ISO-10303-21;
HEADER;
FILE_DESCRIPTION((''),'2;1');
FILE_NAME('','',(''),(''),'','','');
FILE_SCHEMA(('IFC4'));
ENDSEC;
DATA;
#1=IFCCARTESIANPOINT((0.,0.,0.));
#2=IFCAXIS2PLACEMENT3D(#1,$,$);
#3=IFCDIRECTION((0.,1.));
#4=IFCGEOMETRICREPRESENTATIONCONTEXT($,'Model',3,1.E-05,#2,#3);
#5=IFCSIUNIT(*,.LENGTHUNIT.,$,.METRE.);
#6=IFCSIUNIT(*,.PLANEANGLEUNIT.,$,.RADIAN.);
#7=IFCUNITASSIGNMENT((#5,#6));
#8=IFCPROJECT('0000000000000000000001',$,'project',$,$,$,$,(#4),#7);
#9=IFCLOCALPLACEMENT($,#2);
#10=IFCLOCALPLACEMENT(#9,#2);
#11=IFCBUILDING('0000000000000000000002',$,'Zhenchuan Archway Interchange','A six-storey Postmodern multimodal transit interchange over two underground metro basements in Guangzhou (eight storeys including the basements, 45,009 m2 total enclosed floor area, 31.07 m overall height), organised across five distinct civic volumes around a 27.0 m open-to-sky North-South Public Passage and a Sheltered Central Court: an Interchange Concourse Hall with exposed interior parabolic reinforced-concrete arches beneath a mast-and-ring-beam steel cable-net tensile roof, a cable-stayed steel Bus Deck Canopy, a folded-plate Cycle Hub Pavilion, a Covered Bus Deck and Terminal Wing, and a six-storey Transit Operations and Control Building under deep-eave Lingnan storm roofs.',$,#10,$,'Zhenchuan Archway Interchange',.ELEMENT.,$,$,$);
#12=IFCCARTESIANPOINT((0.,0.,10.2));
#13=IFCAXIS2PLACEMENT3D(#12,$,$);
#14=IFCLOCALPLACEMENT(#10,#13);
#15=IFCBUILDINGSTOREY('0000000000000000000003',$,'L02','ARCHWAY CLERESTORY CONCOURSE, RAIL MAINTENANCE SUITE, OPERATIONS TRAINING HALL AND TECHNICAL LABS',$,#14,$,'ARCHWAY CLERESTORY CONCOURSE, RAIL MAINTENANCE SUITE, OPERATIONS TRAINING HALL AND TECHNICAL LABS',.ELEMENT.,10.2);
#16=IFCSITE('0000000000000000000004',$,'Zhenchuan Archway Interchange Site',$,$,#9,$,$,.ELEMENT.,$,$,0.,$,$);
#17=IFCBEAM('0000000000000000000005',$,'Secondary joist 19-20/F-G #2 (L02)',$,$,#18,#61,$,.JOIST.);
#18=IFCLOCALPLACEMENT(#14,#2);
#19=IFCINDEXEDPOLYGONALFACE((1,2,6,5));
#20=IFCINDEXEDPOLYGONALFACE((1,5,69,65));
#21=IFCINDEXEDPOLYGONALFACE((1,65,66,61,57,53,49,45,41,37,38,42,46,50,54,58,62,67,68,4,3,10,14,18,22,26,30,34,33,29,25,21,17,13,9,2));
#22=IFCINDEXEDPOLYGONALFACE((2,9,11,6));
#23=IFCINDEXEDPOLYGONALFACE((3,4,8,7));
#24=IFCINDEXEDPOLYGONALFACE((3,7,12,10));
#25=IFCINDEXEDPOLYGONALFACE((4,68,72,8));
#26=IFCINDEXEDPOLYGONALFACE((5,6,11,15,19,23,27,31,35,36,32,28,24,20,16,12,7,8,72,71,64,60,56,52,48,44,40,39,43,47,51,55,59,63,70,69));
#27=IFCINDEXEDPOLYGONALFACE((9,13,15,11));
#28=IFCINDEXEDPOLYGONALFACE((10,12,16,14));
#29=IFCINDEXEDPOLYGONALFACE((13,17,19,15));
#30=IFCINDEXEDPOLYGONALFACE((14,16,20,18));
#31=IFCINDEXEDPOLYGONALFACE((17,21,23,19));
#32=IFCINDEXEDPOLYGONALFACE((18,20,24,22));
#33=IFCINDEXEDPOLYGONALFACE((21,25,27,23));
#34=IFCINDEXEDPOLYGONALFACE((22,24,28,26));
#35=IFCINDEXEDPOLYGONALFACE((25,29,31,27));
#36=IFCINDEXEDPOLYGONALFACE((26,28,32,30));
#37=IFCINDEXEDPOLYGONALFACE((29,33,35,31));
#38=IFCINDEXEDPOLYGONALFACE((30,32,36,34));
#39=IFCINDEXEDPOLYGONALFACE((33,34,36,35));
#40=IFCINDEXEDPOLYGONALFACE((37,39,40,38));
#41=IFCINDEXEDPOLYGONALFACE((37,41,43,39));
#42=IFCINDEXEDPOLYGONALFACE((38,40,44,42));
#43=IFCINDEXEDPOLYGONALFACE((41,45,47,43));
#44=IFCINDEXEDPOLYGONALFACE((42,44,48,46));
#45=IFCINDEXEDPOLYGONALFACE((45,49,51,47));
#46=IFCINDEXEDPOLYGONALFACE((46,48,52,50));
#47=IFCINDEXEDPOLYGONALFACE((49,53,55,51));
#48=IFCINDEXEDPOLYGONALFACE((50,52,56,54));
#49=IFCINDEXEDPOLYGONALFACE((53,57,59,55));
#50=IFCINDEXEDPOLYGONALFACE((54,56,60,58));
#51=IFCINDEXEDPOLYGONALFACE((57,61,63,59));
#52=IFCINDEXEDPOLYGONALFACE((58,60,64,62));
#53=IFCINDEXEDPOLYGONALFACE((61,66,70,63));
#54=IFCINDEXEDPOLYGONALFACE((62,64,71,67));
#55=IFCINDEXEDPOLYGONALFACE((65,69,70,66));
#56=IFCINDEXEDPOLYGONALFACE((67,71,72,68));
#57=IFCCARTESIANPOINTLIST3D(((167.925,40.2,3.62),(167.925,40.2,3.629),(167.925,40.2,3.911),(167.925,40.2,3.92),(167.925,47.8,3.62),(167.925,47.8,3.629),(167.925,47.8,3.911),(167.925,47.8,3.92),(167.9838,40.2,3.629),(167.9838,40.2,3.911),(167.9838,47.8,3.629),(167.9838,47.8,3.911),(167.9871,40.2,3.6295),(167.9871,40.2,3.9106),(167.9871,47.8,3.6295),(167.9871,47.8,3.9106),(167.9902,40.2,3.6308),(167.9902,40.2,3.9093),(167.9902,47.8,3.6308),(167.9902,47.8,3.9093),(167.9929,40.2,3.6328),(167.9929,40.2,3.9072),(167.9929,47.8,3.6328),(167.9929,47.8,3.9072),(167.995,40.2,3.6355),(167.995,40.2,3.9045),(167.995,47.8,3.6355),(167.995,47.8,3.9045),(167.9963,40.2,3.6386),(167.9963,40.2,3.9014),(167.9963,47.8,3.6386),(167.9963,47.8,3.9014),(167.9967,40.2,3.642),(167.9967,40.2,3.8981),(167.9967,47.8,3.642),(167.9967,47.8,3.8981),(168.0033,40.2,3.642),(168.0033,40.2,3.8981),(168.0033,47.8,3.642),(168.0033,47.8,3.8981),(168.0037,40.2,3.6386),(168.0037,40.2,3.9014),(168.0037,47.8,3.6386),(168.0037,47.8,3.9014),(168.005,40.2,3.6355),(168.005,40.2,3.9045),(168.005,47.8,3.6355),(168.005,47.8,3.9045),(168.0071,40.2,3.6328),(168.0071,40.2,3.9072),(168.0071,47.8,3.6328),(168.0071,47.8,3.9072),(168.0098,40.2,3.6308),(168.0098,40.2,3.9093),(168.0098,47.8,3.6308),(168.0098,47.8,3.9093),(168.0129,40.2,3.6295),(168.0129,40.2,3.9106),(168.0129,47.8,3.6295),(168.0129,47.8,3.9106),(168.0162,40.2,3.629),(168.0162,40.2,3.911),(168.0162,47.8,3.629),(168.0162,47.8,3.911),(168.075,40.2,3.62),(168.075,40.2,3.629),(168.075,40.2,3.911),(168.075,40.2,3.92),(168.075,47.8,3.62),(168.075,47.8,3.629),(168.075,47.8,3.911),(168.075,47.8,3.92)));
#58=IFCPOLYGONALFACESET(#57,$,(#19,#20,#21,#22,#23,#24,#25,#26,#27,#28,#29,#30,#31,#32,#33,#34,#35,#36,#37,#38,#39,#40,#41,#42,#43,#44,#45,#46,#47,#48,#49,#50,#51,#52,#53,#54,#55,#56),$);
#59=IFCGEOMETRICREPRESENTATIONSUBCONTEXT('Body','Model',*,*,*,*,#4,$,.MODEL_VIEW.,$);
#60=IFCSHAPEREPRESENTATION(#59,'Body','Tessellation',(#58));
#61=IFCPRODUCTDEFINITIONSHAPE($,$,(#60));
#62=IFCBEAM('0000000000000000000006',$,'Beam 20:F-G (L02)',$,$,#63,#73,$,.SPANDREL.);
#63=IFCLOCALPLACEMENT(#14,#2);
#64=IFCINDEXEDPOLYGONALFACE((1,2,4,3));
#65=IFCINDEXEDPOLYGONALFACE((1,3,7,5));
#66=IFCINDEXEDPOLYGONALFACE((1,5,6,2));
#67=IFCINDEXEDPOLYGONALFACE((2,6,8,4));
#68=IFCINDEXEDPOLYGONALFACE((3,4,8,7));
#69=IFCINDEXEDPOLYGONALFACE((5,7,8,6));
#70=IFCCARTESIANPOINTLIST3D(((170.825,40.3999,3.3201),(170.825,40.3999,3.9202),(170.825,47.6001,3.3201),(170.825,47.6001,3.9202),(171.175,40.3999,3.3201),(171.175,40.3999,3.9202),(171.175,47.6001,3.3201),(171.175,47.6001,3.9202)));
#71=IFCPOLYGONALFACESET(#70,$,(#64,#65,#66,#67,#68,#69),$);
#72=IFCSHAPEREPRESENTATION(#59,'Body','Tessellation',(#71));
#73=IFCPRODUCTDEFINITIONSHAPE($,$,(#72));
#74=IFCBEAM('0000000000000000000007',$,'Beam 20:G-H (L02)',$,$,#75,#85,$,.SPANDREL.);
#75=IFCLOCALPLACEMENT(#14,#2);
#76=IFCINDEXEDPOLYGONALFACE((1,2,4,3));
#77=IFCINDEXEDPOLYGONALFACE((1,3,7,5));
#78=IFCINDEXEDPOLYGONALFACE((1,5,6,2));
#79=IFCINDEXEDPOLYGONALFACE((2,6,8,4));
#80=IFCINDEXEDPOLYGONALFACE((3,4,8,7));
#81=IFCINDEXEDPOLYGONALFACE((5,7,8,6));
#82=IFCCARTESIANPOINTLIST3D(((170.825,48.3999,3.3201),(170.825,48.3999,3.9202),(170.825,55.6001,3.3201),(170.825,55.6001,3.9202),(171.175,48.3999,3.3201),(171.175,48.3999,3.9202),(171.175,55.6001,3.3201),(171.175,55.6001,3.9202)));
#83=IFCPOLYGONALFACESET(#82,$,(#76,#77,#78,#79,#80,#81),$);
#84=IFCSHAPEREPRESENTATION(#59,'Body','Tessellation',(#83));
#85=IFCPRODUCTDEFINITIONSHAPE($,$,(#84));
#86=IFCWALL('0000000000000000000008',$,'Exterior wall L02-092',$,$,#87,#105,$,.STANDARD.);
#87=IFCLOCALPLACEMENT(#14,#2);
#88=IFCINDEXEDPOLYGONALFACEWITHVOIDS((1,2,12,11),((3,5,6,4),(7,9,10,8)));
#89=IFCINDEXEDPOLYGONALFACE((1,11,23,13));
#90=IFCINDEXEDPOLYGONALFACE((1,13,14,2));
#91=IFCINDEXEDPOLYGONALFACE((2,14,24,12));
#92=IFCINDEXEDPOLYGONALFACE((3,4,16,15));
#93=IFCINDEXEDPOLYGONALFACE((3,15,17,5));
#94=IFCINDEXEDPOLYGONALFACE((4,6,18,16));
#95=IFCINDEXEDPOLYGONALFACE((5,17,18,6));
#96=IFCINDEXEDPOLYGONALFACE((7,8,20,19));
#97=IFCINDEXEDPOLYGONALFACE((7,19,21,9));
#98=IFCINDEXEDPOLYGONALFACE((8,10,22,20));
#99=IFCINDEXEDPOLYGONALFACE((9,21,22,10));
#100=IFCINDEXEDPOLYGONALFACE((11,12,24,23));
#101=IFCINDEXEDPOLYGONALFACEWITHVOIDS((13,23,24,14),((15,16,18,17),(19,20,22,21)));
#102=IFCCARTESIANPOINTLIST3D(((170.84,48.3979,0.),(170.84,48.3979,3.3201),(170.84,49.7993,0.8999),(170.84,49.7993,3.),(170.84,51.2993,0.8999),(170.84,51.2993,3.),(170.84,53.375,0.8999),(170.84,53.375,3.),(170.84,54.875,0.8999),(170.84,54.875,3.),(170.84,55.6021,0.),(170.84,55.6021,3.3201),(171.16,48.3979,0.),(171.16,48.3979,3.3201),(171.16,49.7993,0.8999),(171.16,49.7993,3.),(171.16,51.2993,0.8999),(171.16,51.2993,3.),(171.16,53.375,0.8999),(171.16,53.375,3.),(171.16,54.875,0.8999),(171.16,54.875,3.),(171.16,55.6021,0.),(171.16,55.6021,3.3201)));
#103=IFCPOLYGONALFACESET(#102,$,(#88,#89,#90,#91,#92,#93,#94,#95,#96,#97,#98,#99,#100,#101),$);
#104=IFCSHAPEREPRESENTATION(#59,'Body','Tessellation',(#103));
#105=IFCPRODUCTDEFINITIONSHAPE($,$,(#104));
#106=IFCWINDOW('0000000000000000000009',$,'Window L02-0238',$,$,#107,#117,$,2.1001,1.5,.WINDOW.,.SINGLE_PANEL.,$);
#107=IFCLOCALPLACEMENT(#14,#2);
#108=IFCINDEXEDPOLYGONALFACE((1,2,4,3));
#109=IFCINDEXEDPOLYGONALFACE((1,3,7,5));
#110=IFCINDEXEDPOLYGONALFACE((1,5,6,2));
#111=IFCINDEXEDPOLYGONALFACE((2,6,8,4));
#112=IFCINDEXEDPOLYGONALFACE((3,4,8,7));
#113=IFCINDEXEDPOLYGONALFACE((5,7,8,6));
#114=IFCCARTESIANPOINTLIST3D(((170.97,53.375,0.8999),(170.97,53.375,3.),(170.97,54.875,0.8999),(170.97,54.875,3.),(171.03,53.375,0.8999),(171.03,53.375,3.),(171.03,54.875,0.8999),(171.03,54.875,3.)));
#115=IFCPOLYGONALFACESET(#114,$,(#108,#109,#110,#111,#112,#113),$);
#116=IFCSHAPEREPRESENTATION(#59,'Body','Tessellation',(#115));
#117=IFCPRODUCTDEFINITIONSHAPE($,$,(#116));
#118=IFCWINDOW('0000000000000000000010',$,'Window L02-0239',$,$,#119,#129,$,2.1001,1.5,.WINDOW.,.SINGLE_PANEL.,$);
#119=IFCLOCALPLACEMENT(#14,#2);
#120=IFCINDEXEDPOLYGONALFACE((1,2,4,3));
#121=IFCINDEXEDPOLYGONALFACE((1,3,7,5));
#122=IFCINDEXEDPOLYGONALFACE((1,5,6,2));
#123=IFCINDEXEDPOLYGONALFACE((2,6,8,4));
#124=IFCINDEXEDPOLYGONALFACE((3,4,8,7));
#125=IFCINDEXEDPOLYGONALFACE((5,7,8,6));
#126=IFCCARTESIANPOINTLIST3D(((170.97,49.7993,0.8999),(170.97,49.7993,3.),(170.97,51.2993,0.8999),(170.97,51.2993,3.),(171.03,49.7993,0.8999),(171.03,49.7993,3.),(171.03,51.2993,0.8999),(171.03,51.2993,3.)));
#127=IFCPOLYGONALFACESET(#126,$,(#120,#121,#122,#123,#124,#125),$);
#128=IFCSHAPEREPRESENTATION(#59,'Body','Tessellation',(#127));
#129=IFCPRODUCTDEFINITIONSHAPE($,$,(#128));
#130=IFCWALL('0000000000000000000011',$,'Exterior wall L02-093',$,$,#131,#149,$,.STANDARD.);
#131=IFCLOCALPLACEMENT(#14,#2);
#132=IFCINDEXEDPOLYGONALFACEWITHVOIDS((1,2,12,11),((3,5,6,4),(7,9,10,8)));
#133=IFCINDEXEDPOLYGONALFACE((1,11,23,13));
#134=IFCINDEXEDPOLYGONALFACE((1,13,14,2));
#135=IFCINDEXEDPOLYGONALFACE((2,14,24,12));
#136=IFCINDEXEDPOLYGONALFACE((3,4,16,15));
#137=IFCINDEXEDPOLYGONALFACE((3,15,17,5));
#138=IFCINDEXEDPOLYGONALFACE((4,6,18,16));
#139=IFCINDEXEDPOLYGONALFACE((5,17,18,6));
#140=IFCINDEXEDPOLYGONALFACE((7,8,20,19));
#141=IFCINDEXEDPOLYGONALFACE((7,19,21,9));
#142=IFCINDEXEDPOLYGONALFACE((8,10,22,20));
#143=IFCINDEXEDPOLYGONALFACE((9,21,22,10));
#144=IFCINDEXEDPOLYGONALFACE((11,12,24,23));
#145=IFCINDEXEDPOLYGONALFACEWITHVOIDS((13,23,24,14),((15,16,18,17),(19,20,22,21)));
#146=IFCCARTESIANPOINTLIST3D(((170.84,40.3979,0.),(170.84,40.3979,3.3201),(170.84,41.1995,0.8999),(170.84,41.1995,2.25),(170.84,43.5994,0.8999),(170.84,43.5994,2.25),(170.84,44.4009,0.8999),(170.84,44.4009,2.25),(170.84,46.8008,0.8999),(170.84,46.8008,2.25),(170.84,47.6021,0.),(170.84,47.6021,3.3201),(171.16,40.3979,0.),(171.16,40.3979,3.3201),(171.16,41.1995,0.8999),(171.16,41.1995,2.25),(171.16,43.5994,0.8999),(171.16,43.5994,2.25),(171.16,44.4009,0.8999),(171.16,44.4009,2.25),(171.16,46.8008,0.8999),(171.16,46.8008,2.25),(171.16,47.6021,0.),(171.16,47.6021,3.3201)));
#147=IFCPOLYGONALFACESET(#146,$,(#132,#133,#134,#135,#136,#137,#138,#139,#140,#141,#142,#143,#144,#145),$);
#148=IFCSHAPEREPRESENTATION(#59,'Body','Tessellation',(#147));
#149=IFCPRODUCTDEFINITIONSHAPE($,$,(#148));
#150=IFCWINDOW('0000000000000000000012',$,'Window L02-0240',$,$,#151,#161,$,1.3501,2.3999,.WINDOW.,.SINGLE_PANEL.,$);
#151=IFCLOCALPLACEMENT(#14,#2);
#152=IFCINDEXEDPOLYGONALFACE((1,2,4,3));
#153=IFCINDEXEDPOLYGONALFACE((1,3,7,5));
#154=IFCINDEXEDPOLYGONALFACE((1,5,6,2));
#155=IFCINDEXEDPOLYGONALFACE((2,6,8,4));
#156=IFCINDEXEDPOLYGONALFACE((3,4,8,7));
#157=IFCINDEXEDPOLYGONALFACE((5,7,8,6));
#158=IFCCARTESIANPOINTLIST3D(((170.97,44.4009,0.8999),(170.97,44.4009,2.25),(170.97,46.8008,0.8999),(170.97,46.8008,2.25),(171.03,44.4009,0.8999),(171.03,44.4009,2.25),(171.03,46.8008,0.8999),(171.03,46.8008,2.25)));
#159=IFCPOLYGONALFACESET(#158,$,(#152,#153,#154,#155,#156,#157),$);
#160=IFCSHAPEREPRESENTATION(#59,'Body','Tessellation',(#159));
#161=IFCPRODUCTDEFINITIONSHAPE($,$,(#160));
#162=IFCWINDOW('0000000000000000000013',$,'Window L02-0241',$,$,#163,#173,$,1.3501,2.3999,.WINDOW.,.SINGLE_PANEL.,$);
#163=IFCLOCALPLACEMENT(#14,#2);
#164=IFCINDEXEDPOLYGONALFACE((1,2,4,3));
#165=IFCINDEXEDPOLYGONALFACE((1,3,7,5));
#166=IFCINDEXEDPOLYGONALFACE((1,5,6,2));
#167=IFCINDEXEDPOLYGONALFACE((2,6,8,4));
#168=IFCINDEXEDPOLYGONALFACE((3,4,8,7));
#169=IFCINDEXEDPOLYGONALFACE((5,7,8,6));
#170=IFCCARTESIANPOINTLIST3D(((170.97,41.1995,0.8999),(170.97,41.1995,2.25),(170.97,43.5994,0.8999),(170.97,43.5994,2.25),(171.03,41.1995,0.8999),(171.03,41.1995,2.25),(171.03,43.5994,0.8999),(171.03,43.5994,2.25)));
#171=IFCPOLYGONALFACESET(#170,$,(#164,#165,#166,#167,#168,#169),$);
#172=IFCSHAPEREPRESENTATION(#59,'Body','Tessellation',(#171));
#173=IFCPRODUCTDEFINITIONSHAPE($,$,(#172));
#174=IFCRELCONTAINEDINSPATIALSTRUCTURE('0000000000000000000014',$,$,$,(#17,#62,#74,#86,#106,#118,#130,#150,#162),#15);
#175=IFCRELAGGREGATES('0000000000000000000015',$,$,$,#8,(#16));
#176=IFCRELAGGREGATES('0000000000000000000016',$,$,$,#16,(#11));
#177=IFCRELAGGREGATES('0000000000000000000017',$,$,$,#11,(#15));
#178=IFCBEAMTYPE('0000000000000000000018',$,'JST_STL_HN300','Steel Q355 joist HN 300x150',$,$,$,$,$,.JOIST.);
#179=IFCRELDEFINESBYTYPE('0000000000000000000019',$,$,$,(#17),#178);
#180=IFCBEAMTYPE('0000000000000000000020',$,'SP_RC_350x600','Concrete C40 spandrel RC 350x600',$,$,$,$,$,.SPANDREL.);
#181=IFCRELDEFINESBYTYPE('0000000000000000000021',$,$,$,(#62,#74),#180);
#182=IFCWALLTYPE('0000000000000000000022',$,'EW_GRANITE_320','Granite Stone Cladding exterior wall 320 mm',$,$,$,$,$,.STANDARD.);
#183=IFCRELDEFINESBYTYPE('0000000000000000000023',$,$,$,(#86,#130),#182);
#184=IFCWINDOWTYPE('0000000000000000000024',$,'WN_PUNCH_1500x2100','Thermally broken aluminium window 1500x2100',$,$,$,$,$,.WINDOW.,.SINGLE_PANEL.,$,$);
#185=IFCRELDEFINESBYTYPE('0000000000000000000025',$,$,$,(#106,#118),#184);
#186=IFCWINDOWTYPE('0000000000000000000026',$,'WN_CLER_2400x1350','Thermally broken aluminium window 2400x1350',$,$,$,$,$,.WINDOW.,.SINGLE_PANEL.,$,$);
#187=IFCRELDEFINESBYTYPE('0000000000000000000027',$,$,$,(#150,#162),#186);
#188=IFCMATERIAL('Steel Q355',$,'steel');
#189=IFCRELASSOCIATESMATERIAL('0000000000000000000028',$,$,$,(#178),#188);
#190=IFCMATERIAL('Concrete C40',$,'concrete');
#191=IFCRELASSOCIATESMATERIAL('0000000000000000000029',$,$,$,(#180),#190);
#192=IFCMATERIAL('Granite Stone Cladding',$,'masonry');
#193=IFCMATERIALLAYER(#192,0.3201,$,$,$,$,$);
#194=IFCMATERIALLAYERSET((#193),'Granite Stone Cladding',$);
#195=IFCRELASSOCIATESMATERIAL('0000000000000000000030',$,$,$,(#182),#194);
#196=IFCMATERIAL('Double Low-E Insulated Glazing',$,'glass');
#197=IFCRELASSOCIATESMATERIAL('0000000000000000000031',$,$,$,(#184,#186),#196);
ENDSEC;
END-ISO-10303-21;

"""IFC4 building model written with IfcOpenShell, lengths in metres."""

from ifc_helpers import new_model, si_unit, direction, frame, frame_2d, origin, origin_2d, place, context, subcontext, project, spatial, rectangle, i_section, extrude, material, layer, layer_set, material_profile, profile_set, type_object, element, fill, save


model = new_model("IFC4")

# Units and contexts
model_context = context("Model", 3, precision=1e-05, world=origin(), true_north=direction((0.0, 1.0)))
body_context = subcontext(model_context, "Body", "Model", "MODEL_VIEW")
ifc_project = project(units=[si_unit("LENGTHUNIT", "METRE"), si_unit("PLANEANGLEUNIT", "RADIAN")], contexts=[model_context])

# Site, building, storey
site_placement = place(None, origin())
site = spatial("IfcSite", under=ifc_project, at=site_placement, Name="Zhenchuan Archway Interchange Site", CompositionType="ELEMENT", RefElevation=0.0)
building_placement = place(site_placement, origin())
building = spatial("IfcBuilding", under=site, at=building_placement, Name="Zhenchuan Archway Interchange", Description="A six-storey Postmodern multimodal transit interchange over two underground metro basements in Guangzhou (eight storeys including the basements, 45,009 m2 total enclosed floor area, 31.07 m overall height), organised across five distinct civic volumes around a 27.0 m open-to-sky North-South Public Passage and a Sheltered Central Court: an Interchange Concourse Hall with exposed interior parabolic reinforced-concrete arches beneath a mast-and-ring-beam steel cable-net tensile roof, a cable-stayed steel Bus Deck Canopy, a folded-plate Cycle Hub Pavilion, a Covered Bus Deck and Terminal Wing, and a six-storey Transit Operations and Control Building under deep-eave Lingnan storm roofs.", LongName="Zhenchuan Archway Interchange", CompositionType="ELEMENT")
storey_placement = place(building_placement, frame((0.0, 0.0, 10.2)))
storey = spatial("IfcBuildingStorey", under=building, at=storey_placement, Name="L02", Description="ARCHWAY CLERESTORY CONCOURSE, RAIL MAINTENANCE SUITE, OPERATIONS TRAINING HALL AND TECHNICAL LABS", LongName="ARCHWAY CLERESTORY CONCOURSE, RAIL MAINTENANCE SUITE, OPERATIONS TRAINING HALL AND TECHNICAL LABS", CompositionType="ELEMENT", Elevation=10.2)

# Beams
ifc_material_1 = material(Name="Steel Q355", Category="steel")
ifc_material_profile_1 = material_profile(ifc_material_1, i_section(OverallWidth=0.1499, OverallDepth=0.3, WebThickness=0.0066, FlangeThickness=0.009, FilletRadius=0.0129, at=origin_2d()), Name="HN 300x150")
ifc_profile_set_1 = profile_set([ifc_material_profile_1], Name="Steel Q355")
beam_type_1 = type_object("IfcBeamType", Name="JST_STL_HN300", Description="Steel Q355 joist HN 300x150", PredefinedType="JOIST", material=ifc_profile_set_1)
for number, where, z_axis, x_axis, name in (
    (1, (168.0, 40.2, 3.77), (0.0, 1.0, 0.0), (-1.0, 0.0, 0.0), "Secondary joist 19-20/F-G #2 (L02)"),
):
    element("IfcBeam", number, at=place(storey_placement, frame(where, z_axis=z_axis, x_axis=x_axis)), inside=storey, type_object=beam_type_1, Name=name, PredefinedType="JOIST", context=body_context, shape_type="SweptSolid", body=[
        extrude(i_section(OverallWidth=0.1499, OverallDepth=0.3, WebThickness=0.0066, FlangeThickness=0.009, FilletRadius=0.0129, at=origin_2d()), origin(), (0.0, 0.0, 1.0), 7.6001),
    ])
ifc_material_2 = material(Name="Concrete C40", Category="concrete")
ifc_material_profile_2 = material_profile(ifc_material_2, rectangle(XDim=0.3501, YDim=0.6001, at=origin_2d()), Name="RC 350x600")
ifc_profile_set_2 = profile_set([ifc_material_profile_2], Name="Concrete C40")
beam_type_2 = type_object("IfcBeamType", Name="SP_RC_350x600", Description="Concrete C40 spandrel RC 350x600", PredefinedType="SPANDREL", material=ifc_profile_set_2)
for number, where, z_axis, x_axis, name in (
    (2, (171.0, 40.3999, 3.6201), (0.0, 1.0, 0.0), (-1.0, 0.0, 0.0), "Beam 20:F-G (L02)"),
    (3, (171.0, 48.3999, 3.6201), (0.0, 1.0, 0.0), (-1.0, 0.0, 0.0), "Beam 20:G-H (L02)"),
):
    element("IfcBeam", number, at=place(storey_placement, frame(where, z_axis=z_axis, x_axis=x_axis)), inside=storey, type_object=beam_type_2, Name=name, PredefinedType="SPANDREL", context=body_context, shape_type="SweptSolid", body=[
        extrude(rectangle(XDim=0.3501, YDim=0.6001, at=origin_2d()), origin(), (0.0, 0.0, 1.0), 7.2002),
    ])

# Walls, openings, windows
ifc_material_3 = material(Name="Granite Stone Cladding", Category="masonry")
ifc_layer_1 = layer(ifc_material_3, 0.3201)
ifc_layer_set_1 = layer_set([ifc_layer_1], Name="Granite Stone Cladding")
wall_type_1 = type_object("IfcWallType", Name="EW_GRANITE_320", Description="Granite Stone Cladding exterior wall 320 mm", PredefinedType="STANDARD", material=ifc_layer_set_1)
wall_1_placement = place(storey_placement, frame((171.0, 55.6021, 0.0), z_axis=(0.0, 0.0, 1.0), x_axis=(0.0, -1.0, 0.0)))
wall_1 = element("IfcWall", 4, at=wall_1_placement, inside=storey, type_object=wall_type_1, Name="Exterior wall L02-092", PredefinedType="STANDARD", context=body_context, shape_type="SweptSolid", body=[
    extrude(rectangle(XDim=7.2041, YDim=0.3201, at=frame_2d((3.6021, 0.0))), origin(), (0.0, 0.0, 1.0), 3.3201),
])
opening_1_placement = place(wall_1_placement, frame((0.7271, 0.0, 0.8999)))
opening_1 = element("IfcOpeningElement", 5, at=opening_1_placement, cuts=wall_1, PredefinedType="OPENING", context=body_context, shape_type="SweptSolid", body=[
    extrude(rectangle(XDim=1.5, YDim=2.1001, at=frame_2d((0.75, 1.05))), frame((0.0, 0.1719, 0.0), z_axis=(0.0, -1.0, 0.0), x_axis=(1.0, 0.0, 0.0)), (0.0, 0.0, 1.0), 0.344),
])
opening_2_placement = place(wall_1_placement, frame((4.3027, 0.0, 0.8999)))
opening_2 = element("IfcOpeningElement", 6, at=opening_2_placement, cuts=wall_1, PredefinedType="OPENING", context=body_context, shape_type="SweptSolid", body=[
    extrude(rectangle(XDim=1.5, YDim=2.1001, at=frame_2d((0.75, 1.05))), frame((0.0, 0.1719, 0.0), z_axis=(0.0, -1.0, 0.0), x_axis=(1.0, 0.0, 0.0)), (0.0, 0.0, 1.0), 0.344),
])
ifc_material_4 = material(Name="Double Low-E Insulated Glazing", Category="glass")
window_type_1 = type_object("IfcWindowType", Name="WN_PUNCH_1500x2100", Description="Thermally broken aluminium window 1500x2100", PartitioningType="SINGLE_PANEL", PredefinedType="WINDOW", material=ifc_material_4)
window_1_placement = place(opening_1_placement, origin())
window_1 = element("IfcWindow", 7, at=window_1_placement, inside=storey, type_object=window_type_1, Name="Window L02-0238", OverallHeight=2.1001, OverallWidth=1.5, PartitioningType="SINGLE_PANEL", PredefinedType="WINDOW", context=body_context, shape_type="SweptSolid", body=[
    extrude(rectangle(XDim=1.5, YDim=2.1001, at=frame_2d((0.75, 1.05))), frame((0.0, 0.03, 0.0), z_axis=(0.0, -1.0, 0.0), x_axis=(1.0, 0.0, 0.0)), (0.0, 0.0, 1.0), 0.0601),
])
fill(opening_1, window_1)
window_2_placement = place(opening_2_placement, origin())
window_2 = element("IfcWindow", 8, at=window_2_placement, inside=storey, type_object=window_type_1, Name="Window L02-0239", OverallHeight=2.1001, OverallWidth=1.5, PartitioningType="SINGLE_PANEL", PredefinedType="WINDOW", context=body_context, shape_type="SweptSolid", body=[
    extrude(rectangle(XDim=1.5, YDim=2.1001, at=frame_2d((0.75, 1.05))), frame((0.0, 0.03, 0.0), z_axis=(0.0, -1.0, 0.0), x_axis=(1.0, 0.0, 0.0)), (0.0, 0.0, 1.0), 0.0601),
])
fill(opening_2, window_2)
wall_2_placement = place(storey_placement, frame((171.0, 47.6021, 0.0), z_axis=(0.0, 0.0, 1.0), x_axis=(0.0, -1.0, 0.0)))
wall_2 = element("IfcWall", 9, at=wall_2_placement, inside=storey, type_object=wall_type_1, Name="Exterior wall L02-093", PredefinedType="STANDARD", context=body_context, shape_type="SweptSolid", body=[
    extrude(rectangle(XDim=7.2041, YDim=0.3201, at=frame_2d((3.6021, 0.0))), origin(), (0.0, 0.0, 1.0), 3.3201),
])
opening_3_placement = place(wall_2_placement, frame((0.8013, 0.0, 0.8999)))
opening_3 = element("IfcOpeningElement", 10, at=opening_3_placement, cuts=wall_2, PredefinedType="OPENING", context=body_context, shape_type="SweptSolid", body=[
    extrude(rectangle(XDim=2.3999, YDim=1.3501, at=frame_2d((1.2, 0.675))), frame((0.0, 0.1719, 0.0), z_axis=(0.0, -1.0, 0.0), x_axis=(1.0, 0.0, 0.0)), (0.0, 0.0, 1.0), 0.344),
])
opening_4_placement = place(wall_2_placement, frame((4.0027, 0.0, 0.8999)))
opening_4 = element("IfcOpeningElement", 11, at=opening_4_placement, cuts=wall_2, PredefinedType="OPENING", context=body_context, shape_type="SweptSolid", body=[
    extrude(rectangle(XDim=2.3999, YDim=1.3501, at=frame_2d((1.2, 0.675))), frame((0.0, 0.1719, 0.0), z_axis=(0.0, -1.0, 0.0), x_axis=(1.0, 0.0, 0.0)), (0.0, 0.0, 1.0), 0.344),
])
window_type_2 = type_object("IfcWindowType", Name="WN_CLER_2400x1350", Description="Thermally broken aluminium window 2400x1350", PartitioningType="SINGLE_PANEL", PredefinedType="WINDOW", material=ifc_material_4)
window_3_placement = place(opening_3_placement, origin())
window_3 = element("IfcWindow", 12, at=window_3_placement, inside=storey, type_object=window_type_2, Name="Window L02-0240", OverallHeight=1.3501, OverallWidth=2.3999, PartitioningType="SINGLE_PANEL", PredefinedType="WINDOW", context=body_context, shape_type="SweptSolid", body=[
    extrude(rectangle(XDim=2.3999, YDim=1.3501, at=frame_2d((1.2, 0.675))), frame((0.0, 0.03, 0.0), z_axis=(0.0, -1.0, 0.0), x_axis=(1.0, 0.0, 0.0)), (0.0, 0.0, 1.0), 0.0601),
])
fill(opening_3, window_3)
window_4_placement = place(opening_4_placement, origin())
window_4 = element("IfcWindow", 13, at=window_4_placement, inside=storey, type_object=window_type_2, Name="Window L02-0241", OverallHeight=1.3501, OverallWidth=2.3999, PartitioningType="SINGLE_PANEL", PredefinedType="WINDOW", context=body_context, shape_type="SweptSolid", body=[
    extrude(rectangle(XDim=2.3999, YDim=1.3501, at=frame_2d((1.2, 0.675))), frame((0.0, 0.03, 0.0), z_axis=(0.0, -1.0, 0.0), x_axis=(1.0, 0.0, 0.0)), (0.0, 0.0, 1.0), 0.0601),
])
fill(opening_4, window_4)

save(model, "model.ifc")
